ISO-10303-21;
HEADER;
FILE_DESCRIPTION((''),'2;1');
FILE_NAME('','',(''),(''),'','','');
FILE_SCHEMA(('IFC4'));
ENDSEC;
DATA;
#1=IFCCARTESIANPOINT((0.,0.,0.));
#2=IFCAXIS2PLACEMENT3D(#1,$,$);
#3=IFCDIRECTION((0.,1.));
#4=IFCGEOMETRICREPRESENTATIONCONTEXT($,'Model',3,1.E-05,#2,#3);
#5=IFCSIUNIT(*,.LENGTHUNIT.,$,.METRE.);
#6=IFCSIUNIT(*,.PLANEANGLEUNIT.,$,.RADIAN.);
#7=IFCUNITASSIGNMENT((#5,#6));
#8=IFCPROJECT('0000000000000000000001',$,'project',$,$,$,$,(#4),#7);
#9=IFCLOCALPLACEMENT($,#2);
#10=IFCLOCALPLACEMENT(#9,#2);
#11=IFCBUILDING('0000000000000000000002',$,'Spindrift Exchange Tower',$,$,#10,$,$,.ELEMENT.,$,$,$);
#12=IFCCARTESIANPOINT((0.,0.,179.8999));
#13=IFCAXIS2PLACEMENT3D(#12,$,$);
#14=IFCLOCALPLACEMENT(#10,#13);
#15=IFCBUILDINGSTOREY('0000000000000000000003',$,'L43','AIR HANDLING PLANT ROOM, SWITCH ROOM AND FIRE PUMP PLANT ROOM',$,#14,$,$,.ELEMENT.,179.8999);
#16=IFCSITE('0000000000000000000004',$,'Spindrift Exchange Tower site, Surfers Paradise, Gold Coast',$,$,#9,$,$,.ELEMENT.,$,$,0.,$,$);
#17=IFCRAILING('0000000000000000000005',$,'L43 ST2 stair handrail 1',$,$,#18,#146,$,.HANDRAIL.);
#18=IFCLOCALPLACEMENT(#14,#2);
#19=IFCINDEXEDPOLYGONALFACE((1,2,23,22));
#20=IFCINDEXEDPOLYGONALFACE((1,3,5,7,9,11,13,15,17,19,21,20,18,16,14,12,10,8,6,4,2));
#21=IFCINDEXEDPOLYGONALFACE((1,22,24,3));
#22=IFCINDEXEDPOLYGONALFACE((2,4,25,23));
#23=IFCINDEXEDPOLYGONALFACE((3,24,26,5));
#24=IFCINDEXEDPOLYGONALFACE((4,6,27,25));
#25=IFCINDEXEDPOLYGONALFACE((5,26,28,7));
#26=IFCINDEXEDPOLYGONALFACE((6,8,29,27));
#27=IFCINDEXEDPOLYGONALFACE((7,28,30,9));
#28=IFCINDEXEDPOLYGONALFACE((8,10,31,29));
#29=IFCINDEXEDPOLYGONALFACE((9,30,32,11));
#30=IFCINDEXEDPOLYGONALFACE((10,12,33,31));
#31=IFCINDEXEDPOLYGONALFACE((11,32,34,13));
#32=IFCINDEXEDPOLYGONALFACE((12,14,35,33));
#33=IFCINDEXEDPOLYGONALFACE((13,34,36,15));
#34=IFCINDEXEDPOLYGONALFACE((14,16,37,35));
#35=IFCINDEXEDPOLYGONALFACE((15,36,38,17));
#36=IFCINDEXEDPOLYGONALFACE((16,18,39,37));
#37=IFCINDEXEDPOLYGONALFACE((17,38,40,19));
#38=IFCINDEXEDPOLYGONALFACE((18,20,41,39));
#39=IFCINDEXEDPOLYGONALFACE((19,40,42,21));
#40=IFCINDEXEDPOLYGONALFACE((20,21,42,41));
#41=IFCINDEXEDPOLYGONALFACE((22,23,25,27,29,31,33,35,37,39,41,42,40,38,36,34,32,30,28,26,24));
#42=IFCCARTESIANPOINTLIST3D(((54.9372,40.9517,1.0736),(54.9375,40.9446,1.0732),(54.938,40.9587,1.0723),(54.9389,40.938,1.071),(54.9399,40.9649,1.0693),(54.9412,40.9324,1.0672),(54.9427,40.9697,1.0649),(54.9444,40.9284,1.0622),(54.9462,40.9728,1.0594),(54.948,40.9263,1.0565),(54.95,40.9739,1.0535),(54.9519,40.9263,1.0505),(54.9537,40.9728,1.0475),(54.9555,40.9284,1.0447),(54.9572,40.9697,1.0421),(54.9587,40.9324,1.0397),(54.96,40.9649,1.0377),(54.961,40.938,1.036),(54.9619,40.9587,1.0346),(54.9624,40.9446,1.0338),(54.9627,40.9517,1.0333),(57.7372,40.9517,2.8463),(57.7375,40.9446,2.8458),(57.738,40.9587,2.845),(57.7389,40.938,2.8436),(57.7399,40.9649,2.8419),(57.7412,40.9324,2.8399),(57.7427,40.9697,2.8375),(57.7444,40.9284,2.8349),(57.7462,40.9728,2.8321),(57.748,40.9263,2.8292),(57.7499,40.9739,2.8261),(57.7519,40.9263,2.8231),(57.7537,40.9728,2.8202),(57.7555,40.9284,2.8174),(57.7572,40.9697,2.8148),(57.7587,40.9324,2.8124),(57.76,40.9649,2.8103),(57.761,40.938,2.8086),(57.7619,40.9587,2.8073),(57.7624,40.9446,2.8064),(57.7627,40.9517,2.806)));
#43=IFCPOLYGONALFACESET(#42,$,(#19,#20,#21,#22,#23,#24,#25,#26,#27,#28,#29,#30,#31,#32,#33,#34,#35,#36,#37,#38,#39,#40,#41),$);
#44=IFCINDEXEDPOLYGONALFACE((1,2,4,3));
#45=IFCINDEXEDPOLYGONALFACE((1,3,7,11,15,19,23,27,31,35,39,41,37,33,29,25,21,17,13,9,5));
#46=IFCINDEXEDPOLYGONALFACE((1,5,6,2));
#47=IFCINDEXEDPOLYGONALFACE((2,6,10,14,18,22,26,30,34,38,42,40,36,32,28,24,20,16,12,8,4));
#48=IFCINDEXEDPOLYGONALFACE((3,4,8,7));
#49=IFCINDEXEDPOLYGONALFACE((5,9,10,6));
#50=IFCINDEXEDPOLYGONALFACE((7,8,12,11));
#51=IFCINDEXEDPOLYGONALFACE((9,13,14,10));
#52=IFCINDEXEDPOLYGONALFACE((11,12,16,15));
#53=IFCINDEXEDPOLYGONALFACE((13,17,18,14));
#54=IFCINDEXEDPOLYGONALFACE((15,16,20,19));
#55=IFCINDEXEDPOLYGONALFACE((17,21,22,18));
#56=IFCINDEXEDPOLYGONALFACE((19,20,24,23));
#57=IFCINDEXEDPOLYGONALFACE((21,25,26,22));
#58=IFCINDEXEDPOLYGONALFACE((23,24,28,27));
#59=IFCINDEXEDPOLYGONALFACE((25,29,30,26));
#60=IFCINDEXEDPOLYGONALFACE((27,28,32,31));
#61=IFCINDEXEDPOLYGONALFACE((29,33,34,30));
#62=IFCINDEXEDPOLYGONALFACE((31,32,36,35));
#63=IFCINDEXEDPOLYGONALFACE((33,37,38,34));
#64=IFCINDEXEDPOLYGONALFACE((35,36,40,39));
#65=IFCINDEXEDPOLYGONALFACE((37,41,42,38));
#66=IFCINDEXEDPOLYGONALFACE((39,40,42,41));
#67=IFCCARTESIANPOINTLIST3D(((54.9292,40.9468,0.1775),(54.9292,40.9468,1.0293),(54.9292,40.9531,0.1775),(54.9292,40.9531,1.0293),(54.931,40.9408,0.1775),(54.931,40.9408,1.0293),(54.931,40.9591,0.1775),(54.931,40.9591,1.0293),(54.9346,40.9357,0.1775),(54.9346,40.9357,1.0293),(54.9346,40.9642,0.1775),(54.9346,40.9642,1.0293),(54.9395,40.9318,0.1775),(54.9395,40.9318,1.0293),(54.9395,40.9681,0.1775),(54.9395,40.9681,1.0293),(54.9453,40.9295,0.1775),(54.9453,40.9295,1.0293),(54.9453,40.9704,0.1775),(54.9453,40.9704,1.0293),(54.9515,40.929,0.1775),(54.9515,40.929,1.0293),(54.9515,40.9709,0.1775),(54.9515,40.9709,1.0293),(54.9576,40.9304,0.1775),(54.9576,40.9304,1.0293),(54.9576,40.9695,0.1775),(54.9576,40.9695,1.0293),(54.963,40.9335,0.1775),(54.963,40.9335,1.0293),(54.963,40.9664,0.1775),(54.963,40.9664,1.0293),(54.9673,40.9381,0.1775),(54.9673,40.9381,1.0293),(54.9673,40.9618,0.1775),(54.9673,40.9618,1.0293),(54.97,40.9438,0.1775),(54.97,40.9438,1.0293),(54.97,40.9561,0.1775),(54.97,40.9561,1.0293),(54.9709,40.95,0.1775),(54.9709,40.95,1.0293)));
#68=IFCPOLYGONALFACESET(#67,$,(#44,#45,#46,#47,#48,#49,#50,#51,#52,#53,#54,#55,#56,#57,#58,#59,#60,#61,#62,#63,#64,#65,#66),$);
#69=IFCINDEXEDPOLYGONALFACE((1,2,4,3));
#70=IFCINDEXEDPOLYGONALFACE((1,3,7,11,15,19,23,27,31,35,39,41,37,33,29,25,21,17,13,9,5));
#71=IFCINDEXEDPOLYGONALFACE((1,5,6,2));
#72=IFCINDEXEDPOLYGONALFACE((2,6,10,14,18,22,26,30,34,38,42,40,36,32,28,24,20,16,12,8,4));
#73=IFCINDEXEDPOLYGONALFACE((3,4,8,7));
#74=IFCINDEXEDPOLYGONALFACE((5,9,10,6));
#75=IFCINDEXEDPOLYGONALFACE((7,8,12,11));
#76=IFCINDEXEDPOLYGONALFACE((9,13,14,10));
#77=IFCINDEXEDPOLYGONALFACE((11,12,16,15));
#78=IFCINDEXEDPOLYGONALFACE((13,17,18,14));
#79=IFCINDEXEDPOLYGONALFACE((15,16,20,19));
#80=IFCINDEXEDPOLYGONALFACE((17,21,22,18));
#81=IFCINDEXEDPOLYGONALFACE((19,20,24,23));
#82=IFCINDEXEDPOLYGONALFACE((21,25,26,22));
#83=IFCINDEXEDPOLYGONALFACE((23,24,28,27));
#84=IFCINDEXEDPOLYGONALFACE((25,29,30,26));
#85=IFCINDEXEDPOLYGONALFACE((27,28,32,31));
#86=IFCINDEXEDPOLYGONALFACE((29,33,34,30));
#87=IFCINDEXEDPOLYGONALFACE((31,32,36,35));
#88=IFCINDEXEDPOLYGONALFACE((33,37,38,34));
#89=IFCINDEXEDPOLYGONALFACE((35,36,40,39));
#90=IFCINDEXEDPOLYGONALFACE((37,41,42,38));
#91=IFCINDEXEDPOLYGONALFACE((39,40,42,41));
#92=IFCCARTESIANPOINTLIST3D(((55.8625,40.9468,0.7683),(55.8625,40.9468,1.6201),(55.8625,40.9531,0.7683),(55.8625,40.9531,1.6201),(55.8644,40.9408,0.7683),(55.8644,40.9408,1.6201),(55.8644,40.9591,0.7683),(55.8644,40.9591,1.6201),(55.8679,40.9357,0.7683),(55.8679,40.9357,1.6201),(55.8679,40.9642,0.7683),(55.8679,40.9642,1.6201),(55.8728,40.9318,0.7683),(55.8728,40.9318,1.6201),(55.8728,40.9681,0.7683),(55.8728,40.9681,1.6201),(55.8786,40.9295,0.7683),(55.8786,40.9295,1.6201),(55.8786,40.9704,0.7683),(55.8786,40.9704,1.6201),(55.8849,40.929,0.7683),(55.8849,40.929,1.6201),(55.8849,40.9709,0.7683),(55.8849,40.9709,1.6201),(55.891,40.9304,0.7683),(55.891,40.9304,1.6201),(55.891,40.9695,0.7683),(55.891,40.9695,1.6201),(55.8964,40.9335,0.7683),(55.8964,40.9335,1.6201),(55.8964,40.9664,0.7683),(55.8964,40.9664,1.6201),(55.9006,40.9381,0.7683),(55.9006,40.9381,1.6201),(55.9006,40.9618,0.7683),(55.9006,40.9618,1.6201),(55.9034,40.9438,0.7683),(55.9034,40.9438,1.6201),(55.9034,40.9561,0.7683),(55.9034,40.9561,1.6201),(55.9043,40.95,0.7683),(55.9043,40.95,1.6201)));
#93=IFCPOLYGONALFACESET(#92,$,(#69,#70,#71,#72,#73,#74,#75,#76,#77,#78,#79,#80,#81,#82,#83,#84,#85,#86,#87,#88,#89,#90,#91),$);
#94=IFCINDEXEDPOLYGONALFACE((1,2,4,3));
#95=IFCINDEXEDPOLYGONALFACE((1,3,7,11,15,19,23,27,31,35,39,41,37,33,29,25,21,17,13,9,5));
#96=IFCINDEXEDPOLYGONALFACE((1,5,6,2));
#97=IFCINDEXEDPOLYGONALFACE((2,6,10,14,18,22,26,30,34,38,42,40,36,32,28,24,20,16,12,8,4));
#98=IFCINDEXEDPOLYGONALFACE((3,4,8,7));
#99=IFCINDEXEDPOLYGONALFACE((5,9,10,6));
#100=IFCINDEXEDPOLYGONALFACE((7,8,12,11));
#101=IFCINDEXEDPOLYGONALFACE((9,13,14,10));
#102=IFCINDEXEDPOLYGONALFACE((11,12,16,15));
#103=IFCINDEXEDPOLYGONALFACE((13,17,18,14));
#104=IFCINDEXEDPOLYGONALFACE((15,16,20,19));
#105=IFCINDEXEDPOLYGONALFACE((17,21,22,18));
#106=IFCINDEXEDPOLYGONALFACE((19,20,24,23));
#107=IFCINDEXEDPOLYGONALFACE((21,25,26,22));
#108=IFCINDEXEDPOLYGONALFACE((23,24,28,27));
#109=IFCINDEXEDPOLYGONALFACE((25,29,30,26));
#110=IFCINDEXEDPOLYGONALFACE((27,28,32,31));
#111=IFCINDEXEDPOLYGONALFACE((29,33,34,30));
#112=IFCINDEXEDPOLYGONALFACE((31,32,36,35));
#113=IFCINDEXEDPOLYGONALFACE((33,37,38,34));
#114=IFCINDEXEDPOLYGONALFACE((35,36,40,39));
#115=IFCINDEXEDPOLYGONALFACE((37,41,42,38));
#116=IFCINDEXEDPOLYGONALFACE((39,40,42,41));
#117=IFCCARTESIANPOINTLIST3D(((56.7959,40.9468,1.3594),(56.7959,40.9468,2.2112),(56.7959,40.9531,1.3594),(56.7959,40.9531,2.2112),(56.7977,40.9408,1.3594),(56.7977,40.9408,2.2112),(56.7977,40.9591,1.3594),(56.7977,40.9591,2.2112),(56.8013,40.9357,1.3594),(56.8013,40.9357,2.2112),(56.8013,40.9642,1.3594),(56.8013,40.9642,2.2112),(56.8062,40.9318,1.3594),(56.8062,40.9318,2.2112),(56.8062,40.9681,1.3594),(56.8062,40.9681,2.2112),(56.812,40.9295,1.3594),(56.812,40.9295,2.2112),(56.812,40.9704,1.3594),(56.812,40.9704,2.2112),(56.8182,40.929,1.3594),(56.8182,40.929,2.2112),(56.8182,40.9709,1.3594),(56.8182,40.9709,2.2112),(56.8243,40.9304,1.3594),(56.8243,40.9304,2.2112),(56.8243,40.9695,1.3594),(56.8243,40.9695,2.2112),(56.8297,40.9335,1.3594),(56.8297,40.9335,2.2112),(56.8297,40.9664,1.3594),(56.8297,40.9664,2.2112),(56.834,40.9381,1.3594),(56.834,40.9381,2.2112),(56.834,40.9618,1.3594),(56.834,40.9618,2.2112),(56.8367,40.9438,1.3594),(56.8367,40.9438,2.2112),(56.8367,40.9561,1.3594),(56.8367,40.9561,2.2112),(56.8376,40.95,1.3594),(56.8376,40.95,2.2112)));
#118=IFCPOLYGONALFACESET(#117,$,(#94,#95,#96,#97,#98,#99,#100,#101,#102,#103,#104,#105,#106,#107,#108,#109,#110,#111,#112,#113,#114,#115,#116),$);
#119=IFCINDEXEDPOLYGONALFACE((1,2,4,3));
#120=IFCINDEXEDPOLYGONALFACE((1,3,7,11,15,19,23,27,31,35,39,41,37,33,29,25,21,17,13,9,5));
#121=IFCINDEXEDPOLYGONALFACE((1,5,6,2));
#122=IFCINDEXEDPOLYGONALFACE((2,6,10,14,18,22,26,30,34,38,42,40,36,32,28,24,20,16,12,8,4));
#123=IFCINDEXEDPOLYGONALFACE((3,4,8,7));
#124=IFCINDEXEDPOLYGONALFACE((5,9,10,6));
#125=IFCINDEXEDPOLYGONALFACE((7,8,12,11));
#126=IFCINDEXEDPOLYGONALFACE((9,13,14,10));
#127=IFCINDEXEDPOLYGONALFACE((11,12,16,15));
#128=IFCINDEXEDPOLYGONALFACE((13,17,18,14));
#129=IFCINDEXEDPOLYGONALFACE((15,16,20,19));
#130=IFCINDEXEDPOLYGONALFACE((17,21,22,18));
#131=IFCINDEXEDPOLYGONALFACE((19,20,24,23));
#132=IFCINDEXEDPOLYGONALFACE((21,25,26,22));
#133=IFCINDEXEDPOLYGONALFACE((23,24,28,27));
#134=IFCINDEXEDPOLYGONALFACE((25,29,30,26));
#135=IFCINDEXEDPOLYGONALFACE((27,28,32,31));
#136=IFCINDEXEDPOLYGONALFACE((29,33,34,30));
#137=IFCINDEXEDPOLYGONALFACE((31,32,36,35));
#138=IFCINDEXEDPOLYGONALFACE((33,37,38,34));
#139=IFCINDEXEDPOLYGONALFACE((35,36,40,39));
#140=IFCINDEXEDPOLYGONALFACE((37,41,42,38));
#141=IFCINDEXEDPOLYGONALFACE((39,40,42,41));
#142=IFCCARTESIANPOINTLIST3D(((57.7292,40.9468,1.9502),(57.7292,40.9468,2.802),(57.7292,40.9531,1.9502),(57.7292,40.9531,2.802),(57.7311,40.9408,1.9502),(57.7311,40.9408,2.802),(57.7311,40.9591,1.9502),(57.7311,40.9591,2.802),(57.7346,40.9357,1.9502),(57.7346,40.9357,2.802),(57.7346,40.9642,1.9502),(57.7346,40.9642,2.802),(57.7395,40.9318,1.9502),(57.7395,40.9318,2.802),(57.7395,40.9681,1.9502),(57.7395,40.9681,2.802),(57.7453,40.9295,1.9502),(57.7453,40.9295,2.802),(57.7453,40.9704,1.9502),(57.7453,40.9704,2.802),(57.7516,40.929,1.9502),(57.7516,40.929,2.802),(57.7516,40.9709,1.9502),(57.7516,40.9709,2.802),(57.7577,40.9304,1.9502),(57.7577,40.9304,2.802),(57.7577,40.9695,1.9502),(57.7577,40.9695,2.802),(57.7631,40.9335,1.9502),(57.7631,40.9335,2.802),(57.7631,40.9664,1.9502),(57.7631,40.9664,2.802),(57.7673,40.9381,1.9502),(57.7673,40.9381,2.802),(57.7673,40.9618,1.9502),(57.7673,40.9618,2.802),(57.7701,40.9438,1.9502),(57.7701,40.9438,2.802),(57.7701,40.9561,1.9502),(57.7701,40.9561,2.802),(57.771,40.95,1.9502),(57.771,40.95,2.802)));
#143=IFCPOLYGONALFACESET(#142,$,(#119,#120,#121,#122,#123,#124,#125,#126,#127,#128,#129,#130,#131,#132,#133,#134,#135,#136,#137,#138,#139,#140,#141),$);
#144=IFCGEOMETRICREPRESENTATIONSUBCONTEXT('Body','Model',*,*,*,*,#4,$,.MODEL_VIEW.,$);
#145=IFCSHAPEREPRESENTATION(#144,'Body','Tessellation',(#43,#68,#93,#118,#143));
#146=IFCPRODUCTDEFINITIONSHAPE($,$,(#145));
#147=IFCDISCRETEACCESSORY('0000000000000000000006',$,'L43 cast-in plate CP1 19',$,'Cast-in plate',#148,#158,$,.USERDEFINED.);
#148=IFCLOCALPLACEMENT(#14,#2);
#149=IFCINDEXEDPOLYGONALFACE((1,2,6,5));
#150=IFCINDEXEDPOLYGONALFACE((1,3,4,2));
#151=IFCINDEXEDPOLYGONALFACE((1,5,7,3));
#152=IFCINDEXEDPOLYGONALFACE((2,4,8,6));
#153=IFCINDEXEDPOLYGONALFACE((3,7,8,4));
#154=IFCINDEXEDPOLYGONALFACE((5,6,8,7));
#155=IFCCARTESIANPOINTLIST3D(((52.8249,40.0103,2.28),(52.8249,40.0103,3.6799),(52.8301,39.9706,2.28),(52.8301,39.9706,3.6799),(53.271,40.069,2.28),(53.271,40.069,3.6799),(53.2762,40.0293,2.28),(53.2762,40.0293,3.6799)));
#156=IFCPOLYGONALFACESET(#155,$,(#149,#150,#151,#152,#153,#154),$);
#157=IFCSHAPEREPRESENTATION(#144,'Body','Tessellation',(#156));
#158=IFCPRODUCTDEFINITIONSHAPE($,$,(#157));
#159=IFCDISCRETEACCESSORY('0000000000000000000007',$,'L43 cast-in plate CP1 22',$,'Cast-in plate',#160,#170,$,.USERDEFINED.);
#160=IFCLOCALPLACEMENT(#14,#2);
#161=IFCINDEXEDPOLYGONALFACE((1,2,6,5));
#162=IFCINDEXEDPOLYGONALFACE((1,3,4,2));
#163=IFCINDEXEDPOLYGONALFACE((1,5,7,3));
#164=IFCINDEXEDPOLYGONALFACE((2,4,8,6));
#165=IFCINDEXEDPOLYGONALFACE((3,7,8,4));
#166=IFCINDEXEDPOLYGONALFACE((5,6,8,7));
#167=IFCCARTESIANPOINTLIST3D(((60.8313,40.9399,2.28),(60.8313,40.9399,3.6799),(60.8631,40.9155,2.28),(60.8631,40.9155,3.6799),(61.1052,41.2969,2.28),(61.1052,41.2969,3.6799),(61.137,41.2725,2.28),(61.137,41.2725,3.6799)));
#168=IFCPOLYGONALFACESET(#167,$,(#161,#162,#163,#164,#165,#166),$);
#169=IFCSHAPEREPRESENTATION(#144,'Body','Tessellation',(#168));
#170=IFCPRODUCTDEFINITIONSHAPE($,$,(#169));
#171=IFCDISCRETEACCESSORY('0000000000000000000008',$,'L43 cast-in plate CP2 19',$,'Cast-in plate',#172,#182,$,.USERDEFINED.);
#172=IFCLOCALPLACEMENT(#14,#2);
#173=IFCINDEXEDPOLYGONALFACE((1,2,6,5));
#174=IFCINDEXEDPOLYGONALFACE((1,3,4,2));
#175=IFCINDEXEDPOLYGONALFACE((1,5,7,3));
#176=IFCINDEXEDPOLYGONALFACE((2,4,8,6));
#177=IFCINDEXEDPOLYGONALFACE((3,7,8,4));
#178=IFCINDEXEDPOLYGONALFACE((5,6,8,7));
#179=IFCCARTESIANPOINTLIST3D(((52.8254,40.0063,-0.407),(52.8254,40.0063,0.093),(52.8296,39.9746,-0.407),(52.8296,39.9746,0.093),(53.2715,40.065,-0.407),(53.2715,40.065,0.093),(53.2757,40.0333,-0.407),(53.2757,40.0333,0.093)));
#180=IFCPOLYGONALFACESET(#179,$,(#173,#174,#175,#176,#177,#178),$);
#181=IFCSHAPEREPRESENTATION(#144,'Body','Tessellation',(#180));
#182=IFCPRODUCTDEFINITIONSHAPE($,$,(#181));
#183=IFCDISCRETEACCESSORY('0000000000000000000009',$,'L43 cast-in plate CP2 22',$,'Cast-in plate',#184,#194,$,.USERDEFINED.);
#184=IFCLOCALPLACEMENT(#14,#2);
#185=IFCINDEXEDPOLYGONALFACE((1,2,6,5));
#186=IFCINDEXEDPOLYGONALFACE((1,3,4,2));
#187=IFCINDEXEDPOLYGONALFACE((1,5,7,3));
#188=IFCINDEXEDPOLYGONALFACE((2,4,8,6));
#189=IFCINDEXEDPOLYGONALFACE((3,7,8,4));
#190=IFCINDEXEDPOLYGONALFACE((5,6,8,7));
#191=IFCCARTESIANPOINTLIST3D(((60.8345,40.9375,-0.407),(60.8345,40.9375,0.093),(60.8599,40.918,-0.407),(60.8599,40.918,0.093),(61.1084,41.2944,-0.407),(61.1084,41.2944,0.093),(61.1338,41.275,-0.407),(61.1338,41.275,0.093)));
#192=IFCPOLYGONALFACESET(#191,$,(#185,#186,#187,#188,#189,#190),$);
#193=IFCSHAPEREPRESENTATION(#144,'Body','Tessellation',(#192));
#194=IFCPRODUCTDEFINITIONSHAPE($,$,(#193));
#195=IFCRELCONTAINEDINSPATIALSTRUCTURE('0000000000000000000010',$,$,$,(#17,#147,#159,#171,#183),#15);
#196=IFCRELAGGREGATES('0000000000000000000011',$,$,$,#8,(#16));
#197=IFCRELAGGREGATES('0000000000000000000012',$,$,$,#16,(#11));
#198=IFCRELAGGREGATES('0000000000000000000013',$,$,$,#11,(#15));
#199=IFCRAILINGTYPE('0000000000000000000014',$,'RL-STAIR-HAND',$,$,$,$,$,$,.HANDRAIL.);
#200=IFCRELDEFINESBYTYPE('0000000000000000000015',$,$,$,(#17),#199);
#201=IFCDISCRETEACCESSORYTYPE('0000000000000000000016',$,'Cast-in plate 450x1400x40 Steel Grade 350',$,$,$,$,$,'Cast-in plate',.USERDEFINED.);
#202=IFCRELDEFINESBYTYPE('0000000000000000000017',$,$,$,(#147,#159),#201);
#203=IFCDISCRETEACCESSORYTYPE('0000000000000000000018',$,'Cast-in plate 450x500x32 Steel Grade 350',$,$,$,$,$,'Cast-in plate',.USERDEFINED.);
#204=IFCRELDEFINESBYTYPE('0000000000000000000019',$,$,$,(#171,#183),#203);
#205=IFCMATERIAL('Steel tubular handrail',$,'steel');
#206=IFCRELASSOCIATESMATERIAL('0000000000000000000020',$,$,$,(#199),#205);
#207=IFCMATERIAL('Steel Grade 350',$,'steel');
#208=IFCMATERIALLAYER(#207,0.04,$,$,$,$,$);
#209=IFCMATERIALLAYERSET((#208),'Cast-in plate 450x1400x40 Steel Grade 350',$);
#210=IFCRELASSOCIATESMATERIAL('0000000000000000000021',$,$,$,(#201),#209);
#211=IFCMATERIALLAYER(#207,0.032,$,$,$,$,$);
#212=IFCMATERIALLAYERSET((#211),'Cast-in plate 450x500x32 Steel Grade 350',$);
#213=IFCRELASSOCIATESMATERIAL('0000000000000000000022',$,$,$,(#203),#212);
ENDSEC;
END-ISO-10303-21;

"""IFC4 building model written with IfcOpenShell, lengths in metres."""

from ifc_helpers import new_model, si_unit, direction, frame, origin, origin_2d, place, context, subcontext, project, spatial, rectangle, circle, extrude, source, transform, mapped, material, layer, layer_set, type_object, element, save


model = new_model("IFC4")

# Units and contexts
model_context = context("Model", 3, precision=1e-05, world=origin(), true_north=direction((0.0, 1.0)))
body_context = subcontext(model_context, "Body", "Model", "MODEL_VIEW")
ifc_project = project(units=[si_unit("LENGTHUNIT", "METRE"), si_unit("PLANEANGLEUNIT", "RADIAN")], contexts=[model_context])

# Site, building, storey
site_placement = place(None, origin())
site = spatial("IfcSite", under=ifc_project, at=site_placement, Name="Spindrift Exchange Tower site, Surfers Paradise, Gold Coast", CompositionType="ELEMENT", RefElevation=0.0)
building_placement = place(site_placement, origin())
building = spatial("IfcBuilding", under=site, at=building_placement, Name="Spindrift Exchange Tower", CompositionType="ELEMENT")
storey_placement = place(building_placement, frame((0.0, 0.0, 179.8999)))
storey = spatial("IfcBuildingStorey", under=building, at=storey_placement, Name="L43", Description="AIR HANDLING PLANT ROOM, SWITCH ROOM AND FIRE PUMP PLANT ROOM", CompositionType="ELEMENT", Elevation=179.8999)

# Railing
ifc_material_1 = material(Name="Steel tubular handrail", Category="steel")
railing_type_1 = type_object("IfcRailingType", Name="RL-STAIR-HAND", PredefinedType="HANDRAIL", material=ifc_material_1)
railing_1_placement = place(storey_placement, frame((54.95, 40.95, 0.1775)))
element("IfcRailing", 1, at=railing_1_placement, inside=storey, type_object=railing_type_1, Name="L43 ST2 stair handrail 1", PredefinedType="HANDRAIL", context=body_context, shape_type="SweptSolid", body=[
    extrude(circle(Radius=0.0239, at=origin_2d()), frame((0.0, 0.0, 0.876), z_axis=(0.844909, 0.0, 0.53491), x_axis=(0.0, 1.0, 0.0)), (0.0, 0.0, 1.0), 3.314),
    extrude(circle(Radius=0.021, at=origin_2d()), origin(), (0.0, 0.0, 1.0), 0.8518),
    extrude(circle(Radius=0.021, at=origin_2d()), frame((0.9333, 0.0, 0.5908)), (0.0, 0.0, 1.0), 0.8518),
    extrude(circle(Radius=0.021, at=origin_2d()), frame((1.8667, 0.0, 1.1819)), (0.0, 0.0, 1.0), 0.8518),
    extrude(circle(Radius=0.021, at=origin_2d()), frame((2.8, 0.0, 1.7727)), (0.0, 0.0, 1.0), 0.8518),
])

# Discrete accessories
ifc_material_2 = material(Name="Steel Grade 350", Category="steel")
ifc_layer_1 = layer(ifc_material_2, 0.04)
ifc_layer_set_1 = layer_set([ifc_layer_1], Name="Cast-in plate 450x1400x40 Steel Grade 350")
discrete_accessory_type_1 = type_object("IfcDiscreteAccessoryType", Name="Cast-in plate 450x1400x40 Steel Grade 350", ElementType="Cast-in plate", PredefinedType="USERDEFINED", material=ifc_layer_set_1)
shared_shape_1 = source(origin(), body_context, "Body", "SweptSolid", [
    extrude(rectangle(XDim=0.04, YDim=0.45, at=origin_2d()), origin(), (0.0, 0.0, 1.0), 1.3999),
])
for number, where, z_axis, x_axis, name in (
    (2, (53.0505, 40.0198, 2.28), (0.0, 0.0, 1.0), (0.130526, -0.991445, 0.0), "L43 cast-in plate CP1 19"),
    (3, (60.9841, 41.1062, 2.28), (0.0, 0.0, 1.0), (0.793353, -0.608761, 0.0), "L43 cast-in plate CP1 22"),
):
    element("IfcDiscreteAccessory", number, at=place(storey_placement, frame(where, z_axis=z_axis, x_axis=x_axis)), inside=storey, type_object=discrete_accessory_type_1, Name=name, ObjectType="Cast-in plate", PredefinedType="USERDEFINED", context=body_context, shape_type="MappedRepresentation", body=[
        mapped(shared_shape_1, transform((0.0, 0.0, 0.0), scale=1.0)),
    ])
ifc_layer_2 = layer(ifc_material_2, 0.032)
ifc_layer_set_2 = layer_set([ifc_layer_2], Name="Cast-in plate 450x500x32 Steel Grade 350")
discrete_accessory_type_2 = type_object("IfcDiscreteAccessoryType", Name="Cast-in plate 450x500x32 Steel Grade 350", ElementType="Cast-in plate", PredefinedType="USERDEFINED", material=ifc_layer_set_2)
shared_shape_2 = source(origin(), body_context, "Body", "SweptSolid", [
    extrude(rectangle(XDim=0.032, YDim=0.45, at=origin_2d()), origin(), (0.0, 0.0, 1.0), 0.5),
])
for number, where, z_axis, x_axis, name in (
    (4, (53.0505, 40.0198, -0.407), (0.0, 0.0, 1.0), (0.130526, -0.991445, 0.0), "L43 cast-in plate CP2 19"),
    (5, (60.9841, 41.1062, -0.407), (0.0, 0.0, 1.0), (0.793353, -0.608761, 0.0), "L43 cast-in plate CP2 22"),
):
    element("IfcDiscreteAccessory", number, at=place(storey_placement, frame(where, z_axis=z_axis, x_axis=x_axis)), inside=storey, type_object=discrete_accessory_type_2, Name=name, ObjectType="Cast-in plate", PredefinedType="USERDEFINED", context=body_context, shape_type="MappedRepresentation", body=[
        mapped(shared_shape_2, transform((0.0, 0.0, 0.0), scale=1.0)),
    ])

save(model, "model.ifc")
